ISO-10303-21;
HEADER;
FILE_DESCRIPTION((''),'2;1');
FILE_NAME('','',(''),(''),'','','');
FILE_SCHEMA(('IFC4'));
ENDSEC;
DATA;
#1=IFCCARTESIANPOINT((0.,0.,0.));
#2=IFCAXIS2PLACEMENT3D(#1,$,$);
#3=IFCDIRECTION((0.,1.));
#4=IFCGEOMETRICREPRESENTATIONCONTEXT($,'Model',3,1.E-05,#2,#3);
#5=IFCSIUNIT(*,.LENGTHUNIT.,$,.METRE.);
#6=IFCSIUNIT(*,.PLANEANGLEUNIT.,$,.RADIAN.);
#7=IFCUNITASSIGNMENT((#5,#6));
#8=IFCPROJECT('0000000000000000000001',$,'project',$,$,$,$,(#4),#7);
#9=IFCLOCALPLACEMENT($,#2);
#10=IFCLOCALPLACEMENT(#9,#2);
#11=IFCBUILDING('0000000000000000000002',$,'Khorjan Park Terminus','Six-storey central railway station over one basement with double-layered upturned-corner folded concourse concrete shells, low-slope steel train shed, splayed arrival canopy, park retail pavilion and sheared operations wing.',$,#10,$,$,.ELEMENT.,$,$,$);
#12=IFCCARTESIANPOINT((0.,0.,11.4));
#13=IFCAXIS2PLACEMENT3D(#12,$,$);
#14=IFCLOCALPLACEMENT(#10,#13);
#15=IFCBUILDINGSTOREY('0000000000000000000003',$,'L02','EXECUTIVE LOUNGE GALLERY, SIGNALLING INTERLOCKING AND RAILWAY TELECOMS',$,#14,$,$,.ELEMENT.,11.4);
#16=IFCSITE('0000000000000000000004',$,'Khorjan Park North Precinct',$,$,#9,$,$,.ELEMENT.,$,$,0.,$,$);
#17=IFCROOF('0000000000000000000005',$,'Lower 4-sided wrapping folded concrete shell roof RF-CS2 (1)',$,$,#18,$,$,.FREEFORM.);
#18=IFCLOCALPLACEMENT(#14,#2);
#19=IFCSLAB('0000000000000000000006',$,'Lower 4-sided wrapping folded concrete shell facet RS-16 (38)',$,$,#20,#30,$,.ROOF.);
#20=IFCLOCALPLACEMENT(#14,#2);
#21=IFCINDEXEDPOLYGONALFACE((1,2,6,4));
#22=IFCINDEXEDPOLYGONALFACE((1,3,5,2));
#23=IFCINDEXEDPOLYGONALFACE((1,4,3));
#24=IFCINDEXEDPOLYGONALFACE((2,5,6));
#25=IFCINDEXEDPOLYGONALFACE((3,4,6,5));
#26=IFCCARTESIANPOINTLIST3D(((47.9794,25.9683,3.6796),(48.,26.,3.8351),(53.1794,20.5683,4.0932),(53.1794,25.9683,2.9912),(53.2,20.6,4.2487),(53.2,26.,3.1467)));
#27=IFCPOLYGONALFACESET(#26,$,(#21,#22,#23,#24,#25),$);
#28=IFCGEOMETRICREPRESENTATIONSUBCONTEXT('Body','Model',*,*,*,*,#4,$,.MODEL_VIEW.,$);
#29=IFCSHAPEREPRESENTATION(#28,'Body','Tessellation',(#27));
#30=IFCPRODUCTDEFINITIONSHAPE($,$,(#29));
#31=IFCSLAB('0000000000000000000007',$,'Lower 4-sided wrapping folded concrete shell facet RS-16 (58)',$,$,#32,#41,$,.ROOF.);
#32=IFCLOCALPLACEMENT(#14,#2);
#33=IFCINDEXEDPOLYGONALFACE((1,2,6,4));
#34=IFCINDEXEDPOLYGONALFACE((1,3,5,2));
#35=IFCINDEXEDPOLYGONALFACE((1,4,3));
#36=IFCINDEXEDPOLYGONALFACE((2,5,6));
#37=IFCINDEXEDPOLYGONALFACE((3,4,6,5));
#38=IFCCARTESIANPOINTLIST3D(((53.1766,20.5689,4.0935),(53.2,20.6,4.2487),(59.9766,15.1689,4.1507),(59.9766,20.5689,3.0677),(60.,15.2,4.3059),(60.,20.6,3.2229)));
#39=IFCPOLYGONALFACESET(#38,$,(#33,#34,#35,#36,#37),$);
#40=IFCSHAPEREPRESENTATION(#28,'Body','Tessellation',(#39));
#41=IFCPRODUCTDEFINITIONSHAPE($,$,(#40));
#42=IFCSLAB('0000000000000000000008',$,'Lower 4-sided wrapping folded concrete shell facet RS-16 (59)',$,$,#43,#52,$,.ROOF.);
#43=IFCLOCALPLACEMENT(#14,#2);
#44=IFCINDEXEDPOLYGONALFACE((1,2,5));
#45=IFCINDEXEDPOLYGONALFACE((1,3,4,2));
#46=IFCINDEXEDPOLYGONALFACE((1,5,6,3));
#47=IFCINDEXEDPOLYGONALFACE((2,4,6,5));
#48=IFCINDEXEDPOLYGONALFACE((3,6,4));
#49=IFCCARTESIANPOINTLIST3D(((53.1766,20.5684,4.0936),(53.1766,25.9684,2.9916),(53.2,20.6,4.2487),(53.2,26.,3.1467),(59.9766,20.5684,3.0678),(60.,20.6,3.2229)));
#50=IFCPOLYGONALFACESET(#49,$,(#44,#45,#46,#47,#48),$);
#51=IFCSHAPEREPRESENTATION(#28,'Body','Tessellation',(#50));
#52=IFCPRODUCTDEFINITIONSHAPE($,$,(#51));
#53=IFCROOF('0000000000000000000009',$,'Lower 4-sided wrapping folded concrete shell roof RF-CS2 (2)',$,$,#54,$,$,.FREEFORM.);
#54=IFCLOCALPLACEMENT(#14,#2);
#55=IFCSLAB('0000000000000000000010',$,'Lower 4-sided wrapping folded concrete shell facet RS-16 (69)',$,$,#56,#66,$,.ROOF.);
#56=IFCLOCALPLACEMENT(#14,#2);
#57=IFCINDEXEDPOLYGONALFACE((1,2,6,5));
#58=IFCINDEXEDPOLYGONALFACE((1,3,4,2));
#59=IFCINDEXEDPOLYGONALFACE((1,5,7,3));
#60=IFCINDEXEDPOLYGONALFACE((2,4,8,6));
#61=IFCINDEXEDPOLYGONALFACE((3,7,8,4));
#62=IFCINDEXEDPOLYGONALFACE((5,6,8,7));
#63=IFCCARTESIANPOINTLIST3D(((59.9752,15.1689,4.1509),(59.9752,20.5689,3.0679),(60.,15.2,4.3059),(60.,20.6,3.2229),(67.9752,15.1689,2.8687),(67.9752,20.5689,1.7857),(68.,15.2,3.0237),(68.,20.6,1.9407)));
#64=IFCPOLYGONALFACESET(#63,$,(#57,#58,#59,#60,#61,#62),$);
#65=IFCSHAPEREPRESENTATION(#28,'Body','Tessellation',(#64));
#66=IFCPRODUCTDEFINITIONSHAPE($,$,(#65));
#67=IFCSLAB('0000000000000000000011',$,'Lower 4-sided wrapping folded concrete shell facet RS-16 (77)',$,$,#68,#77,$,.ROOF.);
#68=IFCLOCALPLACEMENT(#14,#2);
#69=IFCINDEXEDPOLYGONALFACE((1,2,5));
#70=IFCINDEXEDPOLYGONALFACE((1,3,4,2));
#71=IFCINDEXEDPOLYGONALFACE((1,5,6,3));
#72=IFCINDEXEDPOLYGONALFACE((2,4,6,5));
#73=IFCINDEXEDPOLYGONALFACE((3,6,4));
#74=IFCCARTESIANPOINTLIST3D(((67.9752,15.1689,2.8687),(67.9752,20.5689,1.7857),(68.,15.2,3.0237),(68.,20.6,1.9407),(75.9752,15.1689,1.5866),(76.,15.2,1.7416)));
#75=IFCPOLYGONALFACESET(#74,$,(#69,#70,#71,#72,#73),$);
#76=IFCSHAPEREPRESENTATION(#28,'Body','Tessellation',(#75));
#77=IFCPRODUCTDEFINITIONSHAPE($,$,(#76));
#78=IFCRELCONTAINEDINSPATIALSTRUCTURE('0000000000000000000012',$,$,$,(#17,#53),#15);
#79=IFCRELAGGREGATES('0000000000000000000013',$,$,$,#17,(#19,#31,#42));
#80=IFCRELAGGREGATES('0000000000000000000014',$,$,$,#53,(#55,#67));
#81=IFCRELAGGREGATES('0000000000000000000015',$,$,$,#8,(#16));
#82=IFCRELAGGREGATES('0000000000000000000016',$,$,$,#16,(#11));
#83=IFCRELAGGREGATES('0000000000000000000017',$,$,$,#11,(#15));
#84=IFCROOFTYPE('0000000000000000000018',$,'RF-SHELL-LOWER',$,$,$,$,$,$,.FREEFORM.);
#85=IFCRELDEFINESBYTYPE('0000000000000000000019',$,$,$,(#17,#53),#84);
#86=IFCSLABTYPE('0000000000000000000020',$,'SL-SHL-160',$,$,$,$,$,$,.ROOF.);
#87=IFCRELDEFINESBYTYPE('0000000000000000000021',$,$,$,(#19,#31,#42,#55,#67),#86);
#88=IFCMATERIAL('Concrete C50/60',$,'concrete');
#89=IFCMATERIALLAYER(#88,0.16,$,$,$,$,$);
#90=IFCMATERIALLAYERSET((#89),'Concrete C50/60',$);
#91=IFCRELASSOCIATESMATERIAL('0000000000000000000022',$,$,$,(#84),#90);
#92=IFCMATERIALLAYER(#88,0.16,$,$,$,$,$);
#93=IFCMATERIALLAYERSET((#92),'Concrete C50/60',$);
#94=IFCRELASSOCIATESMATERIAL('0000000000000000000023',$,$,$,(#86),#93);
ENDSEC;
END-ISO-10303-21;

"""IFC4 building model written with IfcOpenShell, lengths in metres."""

from ifc_helpers import new_model, si_unit, direction, frame, origin, place, context, subcontext, project, spatial, polyline, outline, extrude, material, layer, layer_set, type_object, element, aggregate, save


model = new_model("IFC4")

# Units and contexts
model_context = context("Model", 3, precision=1e-05, world=origin(), true_north=direction((0.0, 1.0)))
body_context = subcontext(model_context, "Body", "Model", "MODEL_VIEW")
ifc_project = project(units=[si_unit("LENGTHUNIT", "METRE"), si_unit("PLANEANGLEUNIT", "RADIAN")], contexts=[model_context])

# Site, building, storey
site_placement = place(None, origin())
site = spatial("IfcSite", under=ifc_project, at=site_placement, Name="Khorjan Park North Precinct", CompositionType="ELEMENT", RefElevation=0.0)
building_placement = place(site_placement, origin())
building = spatial("IfcBuilding", under=site, at=building_placement, Name="Khorjan Park Terminus", Description="Six-storey central railway station over one basement with double-layered upturned-corner folded concourse concrete shells, low-slope steel train shed, splayed arrival canopy, park retail pavilion and sheared operations wing.", CompositionType="ELEMENT")
storey_placement = place(building_placement, frame((0.0, 0.0, 11.4)))
storey = spatial("IfcBuildingStorey", under=building, at=storey_placement, Name="L02", Description="EXECUTIVE LOUNGE GALLERY, SIGNALLING INTERLOCKING AND RAILWAY TELECOMS", CompositionType="ELEMENT", Elevation=11.4)

# Roofs, slabs
ifc_material_1 = material(Name="Concrete C50/60", Category="concrete")
ifc_layer_1 = layer(ifc_material_1, 0.16)
ifc_layer_set_1 = layer_set([ifc_layer_1], Name="Concrete C50/60")
roof_type = type_object("IfcRoofType", Name="RF-SHELL-LOWER", PredefinedType="FREEFORM", material=ifc_layer_set_1)
roof_1_placement = place(storey_placement, origin())
roof_1 = element("IfcRoof", 1, at=roof_1_placement, inside=storey, type_object=roof_type, Name="Lower 4-sided wrapping folded concrete shell roof RF-CS2 (1)", PredefinedType="FREEFORM")
ifc_layer_2 = layer(ifc_material_1, 0.16)
ifc_layer_set_2 = layer_set([ifc_layer_2], Name="Concrete C50/60")
slab_type = type_object("IfcSlabType", Name="SL-SHL-160", PredefinedType="ROOF", material=ifc_layer_set_2)
slab_1_placement = place(storey_placement, frame((53.2, 20.6, 4.2487), z_axis=(0.128634, 0.198292, 0.971665), x_axis=(0.0, 0.979806, -0.199953)))
slab_1 = element("IfcSlab", 2, at=slab_1_placement, type_object=slab_type, Name="Lower 4-sided wrapping folded concrete shell facet RS-16 (38)", PredefinedType="ROOF", context=body_context, shape_type="SweptSolid", body=[
    extrude(outline(polyline([(0.0, 0.0), (5.5113, 0.0), (5.3737, 5.2436), (0.0, 0.0)])), origin(), (0.0, 0.0, -1.0), 0.16),
])
slab_2_placement = place(storey_placement, frame((60.0, 15.2, 4.3059), z_axis=(0.146316, 0.194524, 0.969924), x_axis=(0.0, 0.980476, -0.19664)))
slab_2 = element("IfcSlab", 3, at=slab_2_placement, type_object=slab_type, Name="Lower 4-sided wrapping folded concrete shell facet RS-16 (58)", PredefinedType="ROOF", context=body_context, shape_type="SweptSolid", body=[
    extrude(outline(polyline([(0.0, 0.0), (5.5075, 0.0), (5.3058, 6.874), (0.0, 0.0)])), origin(), (0.0, 0.0, -1.0), 0.16),
])
slab_3_placement = place(storey_placement, frame((53.2, 20.6, 4.2487), z_axis=(0.146218, 0.197804, 0.969275), x_axis=(0.988812, 0.0, -0.149165)))
slab_3 = element("IfcSlab", 4, at=slab_3_placement, type_object=slab_type, Name="Lower 4-sided wrapping folded concrete shell facet RS-16 (59)", PredefinedType="ROOF", context=body_context, shape_type="SweptSolid", body=[
    extrude(outline(polyline([(0.0, 0.0), (6.8769, 0.0), (0.1644, 5.5088), (0.0, 0.0)])), origin(), (0.0, 0.0, -1.0), 0.16),
])
aggregate(roof_1, [slab_1, slab_2, slab_3])
roof_2_placement = place(storey_placement, origin())
roof_2 = element("IfcRoof", 5, at=roof_2_placement, inside=storey, type_object=roof_type, Name="Lower 4-sided wrapping folded concrete shell roof RF-CS2 (2)", PredefinedType="FREEFORM")
slab_4_placement = place(storey_placement, frame((60.0, 15.2, 4.3059), z_axis=(0.155241, 0.194256, 0.968589), x_axis=(0.987398, 0.0, -0.158255)))
slab_4 = element("IfcSlab", 6, at=slab_4_placement, type_object=slab_type, Name="Lower 4-sided wrapping folded concrete shell facet RS-16 (69)", PredefinedType="ROOF", context=body_context, shape_type="SweptSolid", body=[
    extrude(outline(polyline([(0.0, 0.0), (8.1021, 0.0), (8.2735, 5.5049), (0.1714, 5.5049), (0.0, 0.0)])), origin(), (0.0, 0.0, -1.0), 0.16),
])
slab_5_placement = place(storey_placement, frame((68.0, 15.2, 3.0237), z_axis=(0.155229, 0.194256, 0.968591), x_axis=(0.9874, 0.0, -0.158243)))
slab_5 = element("IfcSlab", 7, at=slab_5_placement, type_object=slab_type, Name="Lower 4-sided wrapping folded concrete shell facet RS-16 (77)", PredefinedType="ROOF", context=body_context, shape_type="SweptSolid", body=[
    extrude(outline(polyline([(0.0, 0.0), (8.1021, 0.0), (0.1714, 5.5049), (0.0, 0.0)])), origin(), (0.0, 0.0, -1.0), 0.16),
])
aggregate(roof_2, [slab_4, slab_5])

save(model, "model.ifc")
